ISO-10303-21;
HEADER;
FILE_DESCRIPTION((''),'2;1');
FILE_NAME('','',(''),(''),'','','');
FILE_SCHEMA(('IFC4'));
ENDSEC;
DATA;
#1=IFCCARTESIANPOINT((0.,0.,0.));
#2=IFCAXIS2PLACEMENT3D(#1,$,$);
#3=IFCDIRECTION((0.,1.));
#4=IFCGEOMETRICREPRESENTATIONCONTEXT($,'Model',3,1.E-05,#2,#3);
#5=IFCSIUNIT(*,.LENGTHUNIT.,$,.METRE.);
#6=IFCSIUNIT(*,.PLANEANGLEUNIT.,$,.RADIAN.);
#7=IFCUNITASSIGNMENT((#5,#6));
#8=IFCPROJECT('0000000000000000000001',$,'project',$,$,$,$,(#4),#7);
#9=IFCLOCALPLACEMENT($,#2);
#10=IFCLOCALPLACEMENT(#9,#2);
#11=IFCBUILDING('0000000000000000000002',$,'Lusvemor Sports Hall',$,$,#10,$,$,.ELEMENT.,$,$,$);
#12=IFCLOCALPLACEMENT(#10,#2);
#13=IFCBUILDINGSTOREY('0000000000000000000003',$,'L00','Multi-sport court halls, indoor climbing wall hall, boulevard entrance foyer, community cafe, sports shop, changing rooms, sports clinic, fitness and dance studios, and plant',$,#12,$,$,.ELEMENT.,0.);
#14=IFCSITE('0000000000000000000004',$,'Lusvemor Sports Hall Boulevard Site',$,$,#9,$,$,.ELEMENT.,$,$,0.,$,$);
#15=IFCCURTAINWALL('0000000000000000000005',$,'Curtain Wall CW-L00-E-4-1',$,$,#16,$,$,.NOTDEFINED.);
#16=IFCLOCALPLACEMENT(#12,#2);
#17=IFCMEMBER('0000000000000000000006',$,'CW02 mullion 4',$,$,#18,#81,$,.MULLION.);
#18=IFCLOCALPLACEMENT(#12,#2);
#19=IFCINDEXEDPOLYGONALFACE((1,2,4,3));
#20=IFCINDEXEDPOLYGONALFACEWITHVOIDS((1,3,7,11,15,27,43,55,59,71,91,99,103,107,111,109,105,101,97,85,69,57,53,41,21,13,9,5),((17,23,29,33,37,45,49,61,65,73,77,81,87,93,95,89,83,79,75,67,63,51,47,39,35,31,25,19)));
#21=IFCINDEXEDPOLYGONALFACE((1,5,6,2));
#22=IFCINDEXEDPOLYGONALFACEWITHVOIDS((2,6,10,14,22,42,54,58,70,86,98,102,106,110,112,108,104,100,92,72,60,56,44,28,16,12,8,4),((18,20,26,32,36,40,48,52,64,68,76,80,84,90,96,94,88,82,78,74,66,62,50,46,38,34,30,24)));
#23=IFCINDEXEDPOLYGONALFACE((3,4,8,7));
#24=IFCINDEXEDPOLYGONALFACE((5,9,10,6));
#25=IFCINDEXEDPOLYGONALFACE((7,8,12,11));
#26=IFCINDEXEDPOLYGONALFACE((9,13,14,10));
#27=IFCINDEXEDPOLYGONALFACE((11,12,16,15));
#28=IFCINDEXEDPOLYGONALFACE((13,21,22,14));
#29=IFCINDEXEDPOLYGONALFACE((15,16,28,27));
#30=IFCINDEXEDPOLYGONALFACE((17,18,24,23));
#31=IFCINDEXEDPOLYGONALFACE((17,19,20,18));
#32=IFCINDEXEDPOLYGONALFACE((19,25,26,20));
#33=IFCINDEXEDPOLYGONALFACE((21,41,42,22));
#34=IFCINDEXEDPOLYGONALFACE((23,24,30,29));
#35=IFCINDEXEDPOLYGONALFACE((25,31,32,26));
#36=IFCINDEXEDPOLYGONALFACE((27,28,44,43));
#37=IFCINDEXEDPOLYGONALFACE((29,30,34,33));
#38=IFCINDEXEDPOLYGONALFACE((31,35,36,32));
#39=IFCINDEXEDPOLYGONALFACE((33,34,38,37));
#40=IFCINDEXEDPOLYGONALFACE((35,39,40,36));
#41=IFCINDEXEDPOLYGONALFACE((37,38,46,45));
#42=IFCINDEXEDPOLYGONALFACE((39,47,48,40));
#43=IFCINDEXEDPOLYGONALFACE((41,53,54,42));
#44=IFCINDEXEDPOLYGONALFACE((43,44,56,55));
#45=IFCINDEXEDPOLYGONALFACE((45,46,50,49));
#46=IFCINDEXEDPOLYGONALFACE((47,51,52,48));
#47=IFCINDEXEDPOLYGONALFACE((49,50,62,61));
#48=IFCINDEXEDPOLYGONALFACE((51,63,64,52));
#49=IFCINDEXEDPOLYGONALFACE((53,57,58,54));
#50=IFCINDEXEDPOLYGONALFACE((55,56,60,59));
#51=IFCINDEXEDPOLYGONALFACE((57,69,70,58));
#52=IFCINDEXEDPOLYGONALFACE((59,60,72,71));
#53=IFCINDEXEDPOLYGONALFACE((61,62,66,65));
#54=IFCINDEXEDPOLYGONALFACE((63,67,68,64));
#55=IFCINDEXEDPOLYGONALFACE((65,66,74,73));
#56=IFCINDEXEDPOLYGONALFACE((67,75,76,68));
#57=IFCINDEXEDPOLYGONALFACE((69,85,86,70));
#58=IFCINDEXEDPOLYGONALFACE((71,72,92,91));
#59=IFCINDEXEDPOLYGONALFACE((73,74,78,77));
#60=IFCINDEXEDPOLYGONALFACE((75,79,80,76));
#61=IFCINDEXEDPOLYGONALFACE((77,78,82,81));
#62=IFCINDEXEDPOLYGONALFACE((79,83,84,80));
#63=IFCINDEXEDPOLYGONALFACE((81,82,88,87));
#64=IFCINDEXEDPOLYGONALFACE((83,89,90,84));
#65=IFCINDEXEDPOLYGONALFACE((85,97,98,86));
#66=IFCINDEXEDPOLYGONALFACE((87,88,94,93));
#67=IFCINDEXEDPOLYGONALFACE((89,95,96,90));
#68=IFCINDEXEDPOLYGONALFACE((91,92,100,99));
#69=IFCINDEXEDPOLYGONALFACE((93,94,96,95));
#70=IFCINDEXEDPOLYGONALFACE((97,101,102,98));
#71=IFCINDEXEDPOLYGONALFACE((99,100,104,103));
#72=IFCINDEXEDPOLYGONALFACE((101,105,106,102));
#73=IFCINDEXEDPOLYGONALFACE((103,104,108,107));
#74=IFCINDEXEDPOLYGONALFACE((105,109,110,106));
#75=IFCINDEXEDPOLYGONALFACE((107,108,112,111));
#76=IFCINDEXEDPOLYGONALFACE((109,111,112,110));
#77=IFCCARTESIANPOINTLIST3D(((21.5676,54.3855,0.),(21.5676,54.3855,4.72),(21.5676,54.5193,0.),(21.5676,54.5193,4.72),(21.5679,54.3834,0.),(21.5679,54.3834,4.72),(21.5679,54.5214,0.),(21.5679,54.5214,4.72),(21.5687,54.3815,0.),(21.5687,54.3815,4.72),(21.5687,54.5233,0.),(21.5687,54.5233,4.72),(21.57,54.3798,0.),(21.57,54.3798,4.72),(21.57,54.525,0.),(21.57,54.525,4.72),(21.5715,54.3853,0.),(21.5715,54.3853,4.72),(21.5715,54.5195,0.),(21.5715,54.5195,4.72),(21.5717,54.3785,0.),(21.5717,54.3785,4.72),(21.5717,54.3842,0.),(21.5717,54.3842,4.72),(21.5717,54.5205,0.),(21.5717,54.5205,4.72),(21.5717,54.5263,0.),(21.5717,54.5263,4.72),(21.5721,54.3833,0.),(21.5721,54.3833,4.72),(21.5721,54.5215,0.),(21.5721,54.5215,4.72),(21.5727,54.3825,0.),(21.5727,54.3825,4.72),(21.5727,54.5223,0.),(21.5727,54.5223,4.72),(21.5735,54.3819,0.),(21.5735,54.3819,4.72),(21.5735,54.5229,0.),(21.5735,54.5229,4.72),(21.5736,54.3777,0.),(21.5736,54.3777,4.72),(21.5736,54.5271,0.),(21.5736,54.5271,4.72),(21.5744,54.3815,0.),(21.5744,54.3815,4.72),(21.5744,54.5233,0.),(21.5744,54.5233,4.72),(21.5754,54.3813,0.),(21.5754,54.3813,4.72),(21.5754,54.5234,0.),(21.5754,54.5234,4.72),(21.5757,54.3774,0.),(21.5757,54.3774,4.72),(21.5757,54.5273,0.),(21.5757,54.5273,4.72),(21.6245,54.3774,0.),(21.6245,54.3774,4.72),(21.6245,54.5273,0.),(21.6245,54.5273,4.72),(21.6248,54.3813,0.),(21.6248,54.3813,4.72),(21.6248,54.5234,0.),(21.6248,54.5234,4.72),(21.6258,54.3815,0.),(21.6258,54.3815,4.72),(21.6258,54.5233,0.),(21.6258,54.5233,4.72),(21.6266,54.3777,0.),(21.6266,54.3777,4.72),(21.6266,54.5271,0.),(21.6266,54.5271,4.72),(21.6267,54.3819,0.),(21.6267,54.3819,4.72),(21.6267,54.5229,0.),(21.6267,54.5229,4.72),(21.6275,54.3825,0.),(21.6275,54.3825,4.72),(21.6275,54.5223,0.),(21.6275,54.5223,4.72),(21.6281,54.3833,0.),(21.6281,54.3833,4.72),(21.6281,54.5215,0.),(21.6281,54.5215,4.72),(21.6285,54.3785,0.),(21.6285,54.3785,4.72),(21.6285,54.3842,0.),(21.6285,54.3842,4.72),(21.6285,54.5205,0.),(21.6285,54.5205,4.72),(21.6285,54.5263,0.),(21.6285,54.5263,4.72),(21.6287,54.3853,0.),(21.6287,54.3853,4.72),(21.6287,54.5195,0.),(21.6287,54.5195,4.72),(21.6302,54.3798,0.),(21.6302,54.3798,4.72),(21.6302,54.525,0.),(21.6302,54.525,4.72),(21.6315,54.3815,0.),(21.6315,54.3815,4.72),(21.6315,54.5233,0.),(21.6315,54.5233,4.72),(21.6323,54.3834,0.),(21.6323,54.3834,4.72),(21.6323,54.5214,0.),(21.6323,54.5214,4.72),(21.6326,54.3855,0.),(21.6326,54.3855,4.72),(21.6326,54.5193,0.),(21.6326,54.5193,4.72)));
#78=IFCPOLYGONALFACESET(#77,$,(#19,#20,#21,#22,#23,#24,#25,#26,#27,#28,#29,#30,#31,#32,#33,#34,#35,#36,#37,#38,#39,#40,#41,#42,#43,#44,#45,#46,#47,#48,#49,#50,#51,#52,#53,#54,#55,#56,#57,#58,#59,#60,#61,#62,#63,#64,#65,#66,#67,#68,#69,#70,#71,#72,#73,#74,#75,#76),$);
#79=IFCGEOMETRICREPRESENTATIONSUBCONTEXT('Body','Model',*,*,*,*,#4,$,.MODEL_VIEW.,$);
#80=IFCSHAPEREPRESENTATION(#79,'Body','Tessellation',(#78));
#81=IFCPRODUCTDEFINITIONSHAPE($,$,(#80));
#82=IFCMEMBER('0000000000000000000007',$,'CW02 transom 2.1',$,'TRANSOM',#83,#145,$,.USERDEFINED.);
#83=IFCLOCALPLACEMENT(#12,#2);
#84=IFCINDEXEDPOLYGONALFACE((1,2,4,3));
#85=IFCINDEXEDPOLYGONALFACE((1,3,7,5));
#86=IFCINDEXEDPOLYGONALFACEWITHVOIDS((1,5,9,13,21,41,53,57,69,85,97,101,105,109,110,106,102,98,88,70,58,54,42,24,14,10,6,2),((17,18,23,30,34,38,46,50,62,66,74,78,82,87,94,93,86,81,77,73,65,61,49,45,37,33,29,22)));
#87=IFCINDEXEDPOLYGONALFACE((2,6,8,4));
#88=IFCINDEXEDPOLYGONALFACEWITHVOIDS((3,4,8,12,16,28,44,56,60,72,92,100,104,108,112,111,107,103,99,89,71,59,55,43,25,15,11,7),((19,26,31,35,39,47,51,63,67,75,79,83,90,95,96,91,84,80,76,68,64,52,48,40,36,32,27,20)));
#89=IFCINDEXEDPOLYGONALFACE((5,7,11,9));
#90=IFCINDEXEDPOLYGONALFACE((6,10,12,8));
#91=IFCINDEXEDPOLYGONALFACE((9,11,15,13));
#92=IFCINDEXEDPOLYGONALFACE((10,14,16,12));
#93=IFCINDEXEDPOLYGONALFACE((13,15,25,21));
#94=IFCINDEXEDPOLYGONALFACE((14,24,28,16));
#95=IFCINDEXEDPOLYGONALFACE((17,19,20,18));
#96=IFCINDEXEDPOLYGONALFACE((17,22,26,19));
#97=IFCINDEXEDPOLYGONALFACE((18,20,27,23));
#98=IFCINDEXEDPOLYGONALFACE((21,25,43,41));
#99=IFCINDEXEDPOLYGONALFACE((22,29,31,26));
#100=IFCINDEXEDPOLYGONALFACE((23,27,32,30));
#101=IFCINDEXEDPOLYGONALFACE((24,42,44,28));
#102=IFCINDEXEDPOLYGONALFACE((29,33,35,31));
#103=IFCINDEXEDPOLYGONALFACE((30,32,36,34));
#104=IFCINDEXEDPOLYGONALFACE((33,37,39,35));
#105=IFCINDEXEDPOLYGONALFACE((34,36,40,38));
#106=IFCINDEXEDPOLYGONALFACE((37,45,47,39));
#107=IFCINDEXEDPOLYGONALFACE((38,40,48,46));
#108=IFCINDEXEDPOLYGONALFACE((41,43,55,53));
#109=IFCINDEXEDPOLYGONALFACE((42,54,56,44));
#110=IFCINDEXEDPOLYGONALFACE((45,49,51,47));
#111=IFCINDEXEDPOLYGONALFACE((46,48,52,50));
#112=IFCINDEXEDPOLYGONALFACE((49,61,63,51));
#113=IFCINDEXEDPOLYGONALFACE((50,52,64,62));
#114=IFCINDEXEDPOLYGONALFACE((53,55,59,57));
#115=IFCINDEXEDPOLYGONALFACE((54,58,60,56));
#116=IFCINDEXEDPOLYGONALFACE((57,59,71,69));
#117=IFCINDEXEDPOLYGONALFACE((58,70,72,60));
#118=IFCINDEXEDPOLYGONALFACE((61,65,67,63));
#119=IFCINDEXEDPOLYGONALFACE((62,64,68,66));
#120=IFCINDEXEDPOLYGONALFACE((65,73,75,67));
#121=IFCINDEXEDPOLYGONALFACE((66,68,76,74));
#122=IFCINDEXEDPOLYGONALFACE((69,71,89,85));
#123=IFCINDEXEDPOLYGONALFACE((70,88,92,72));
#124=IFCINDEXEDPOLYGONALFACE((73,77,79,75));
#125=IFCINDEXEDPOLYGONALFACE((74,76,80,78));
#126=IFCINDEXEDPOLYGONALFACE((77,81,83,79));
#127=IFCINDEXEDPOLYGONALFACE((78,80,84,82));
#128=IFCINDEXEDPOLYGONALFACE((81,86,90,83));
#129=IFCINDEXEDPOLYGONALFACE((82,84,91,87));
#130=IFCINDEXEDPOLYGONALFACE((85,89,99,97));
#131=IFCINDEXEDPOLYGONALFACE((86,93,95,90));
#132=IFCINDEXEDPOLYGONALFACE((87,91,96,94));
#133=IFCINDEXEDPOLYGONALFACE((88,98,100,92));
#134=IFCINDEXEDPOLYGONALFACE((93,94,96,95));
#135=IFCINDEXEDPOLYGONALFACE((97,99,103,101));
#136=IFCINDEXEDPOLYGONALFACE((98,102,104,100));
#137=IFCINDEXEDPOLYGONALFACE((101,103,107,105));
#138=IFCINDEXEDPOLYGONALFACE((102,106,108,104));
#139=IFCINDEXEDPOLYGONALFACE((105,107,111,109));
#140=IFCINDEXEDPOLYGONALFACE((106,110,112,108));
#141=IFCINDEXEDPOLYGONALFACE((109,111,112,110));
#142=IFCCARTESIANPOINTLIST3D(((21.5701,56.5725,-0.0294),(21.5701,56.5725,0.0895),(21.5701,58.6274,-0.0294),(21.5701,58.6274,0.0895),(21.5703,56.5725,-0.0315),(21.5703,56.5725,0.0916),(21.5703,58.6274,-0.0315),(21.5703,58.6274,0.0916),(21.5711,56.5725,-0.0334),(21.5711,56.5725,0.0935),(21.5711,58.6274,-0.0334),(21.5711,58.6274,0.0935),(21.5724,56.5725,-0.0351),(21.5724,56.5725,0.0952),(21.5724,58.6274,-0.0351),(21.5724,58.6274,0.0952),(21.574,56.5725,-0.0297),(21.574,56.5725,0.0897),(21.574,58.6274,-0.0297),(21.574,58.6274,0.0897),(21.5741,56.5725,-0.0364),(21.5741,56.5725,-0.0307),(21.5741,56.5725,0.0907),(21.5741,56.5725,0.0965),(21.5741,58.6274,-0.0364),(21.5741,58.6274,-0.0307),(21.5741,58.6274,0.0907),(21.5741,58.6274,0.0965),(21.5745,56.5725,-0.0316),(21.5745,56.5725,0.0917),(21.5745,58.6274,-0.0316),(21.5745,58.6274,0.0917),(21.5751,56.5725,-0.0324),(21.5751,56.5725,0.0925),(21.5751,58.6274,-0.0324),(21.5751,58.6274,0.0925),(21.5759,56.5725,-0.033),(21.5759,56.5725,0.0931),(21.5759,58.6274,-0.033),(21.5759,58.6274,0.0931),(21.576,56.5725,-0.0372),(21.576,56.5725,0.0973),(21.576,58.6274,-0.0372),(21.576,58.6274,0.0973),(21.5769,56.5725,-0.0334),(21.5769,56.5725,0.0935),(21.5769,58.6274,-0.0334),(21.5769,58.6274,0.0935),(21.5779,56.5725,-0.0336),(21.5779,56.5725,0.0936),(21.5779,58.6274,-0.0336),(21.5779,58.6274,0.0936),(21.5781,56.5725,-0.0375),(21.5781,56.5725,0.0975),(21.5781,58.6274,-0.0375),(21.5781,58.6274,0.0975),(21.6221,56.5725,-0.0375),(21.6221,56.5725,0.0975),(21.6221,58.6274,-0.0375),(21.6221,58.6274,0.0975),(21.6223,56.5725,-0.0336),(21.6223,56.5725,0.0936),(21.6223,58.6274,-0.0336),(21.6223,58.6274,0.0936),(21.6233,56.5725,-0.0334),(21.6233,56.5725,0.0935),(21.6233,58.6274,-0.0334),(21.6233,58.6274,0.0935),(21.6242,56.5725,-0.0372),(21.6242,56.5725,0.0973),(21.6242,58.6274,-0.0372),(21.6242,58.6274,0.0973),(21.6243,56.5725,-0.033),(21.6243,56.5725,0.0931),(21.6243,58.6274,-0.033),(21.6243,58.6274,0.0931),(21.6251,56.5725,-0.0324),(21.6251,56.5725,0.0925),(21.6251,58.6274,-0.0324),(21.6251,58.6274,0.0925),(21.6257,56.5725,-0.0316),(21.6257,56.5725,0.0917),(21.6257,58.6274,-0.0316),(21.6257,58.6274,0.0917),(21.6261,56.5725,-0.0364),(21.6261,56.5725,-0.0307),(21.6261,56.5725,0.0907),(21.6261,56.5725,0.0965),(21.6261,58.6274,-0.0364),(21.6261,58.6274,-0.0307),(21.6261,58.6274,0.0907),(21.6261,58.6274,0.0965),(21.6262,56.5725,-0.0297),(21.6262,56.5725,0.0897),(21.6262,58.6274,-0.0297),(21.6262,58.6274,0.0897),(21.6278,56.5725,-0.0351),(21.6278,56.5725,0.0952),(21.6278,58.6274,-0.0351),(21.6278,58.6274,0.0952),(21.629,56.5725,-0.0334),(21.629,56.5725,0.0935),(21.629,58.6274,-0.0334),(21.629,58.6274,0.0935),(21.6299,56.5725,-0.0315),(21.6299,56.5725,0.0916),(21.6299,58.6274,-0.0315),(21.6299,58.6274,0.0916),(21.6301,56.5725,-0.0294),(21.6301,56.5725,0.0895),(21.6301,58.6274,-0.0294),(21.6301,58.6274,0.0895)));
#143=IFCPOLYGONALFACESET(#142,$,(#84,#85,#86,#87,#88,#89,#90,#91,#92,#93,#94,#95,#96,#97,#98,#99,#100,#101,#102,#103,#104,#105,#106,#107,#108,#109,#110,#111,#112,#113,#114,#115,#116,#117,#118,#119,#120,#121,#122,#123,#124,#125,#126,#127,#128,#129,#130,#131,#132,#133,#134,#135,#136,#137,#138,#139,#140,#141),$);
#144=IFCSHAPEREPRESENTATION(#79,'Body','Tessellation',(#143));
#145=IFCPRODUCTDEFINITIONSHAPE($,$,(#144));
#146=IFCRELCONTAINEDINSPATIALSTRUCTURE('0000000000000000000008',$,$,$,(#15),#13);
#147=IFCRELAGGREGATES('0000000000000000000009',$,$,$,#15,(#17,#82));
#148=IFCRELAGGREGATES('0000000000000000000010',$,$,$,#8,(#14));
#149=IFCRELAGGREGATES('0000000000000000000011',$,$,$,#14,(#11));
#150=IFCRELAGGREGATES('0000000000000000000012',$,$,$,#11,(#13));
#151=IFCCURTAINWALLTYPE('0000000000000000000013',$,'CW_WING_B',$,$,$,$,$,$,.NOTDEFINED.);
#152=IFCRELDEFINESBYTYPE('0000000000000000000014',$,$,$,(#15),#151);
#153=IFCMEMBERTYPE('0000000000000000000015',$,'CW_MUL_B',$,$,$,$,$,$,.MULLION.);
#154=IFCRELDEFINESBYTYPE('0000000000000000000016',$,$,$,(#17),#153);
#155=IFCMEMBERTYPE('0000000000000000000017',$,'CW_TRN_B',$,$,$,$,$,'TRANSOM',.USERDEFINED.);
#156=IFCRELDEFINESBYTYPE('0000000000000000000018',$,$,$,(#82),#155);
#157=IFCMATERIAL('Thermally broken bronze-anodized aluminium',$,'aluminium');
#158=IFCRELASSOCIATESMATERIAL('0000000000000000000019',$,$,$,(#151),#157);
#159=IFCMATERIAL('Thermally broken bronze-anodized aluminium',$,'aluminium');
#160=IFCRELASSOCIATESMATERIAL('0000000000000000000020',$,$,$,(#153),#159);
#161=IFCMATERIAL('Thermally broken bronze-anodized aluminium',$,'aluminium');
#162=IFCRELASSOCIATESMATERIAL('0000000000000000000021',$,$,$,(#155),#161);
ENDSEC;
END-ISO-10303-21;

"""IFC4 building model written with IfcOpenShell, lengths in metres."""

from ifc_helpers import new_model, si_unit, direction, frame, origin, origin_2d, place, context, subcontext, project, spatial, hollow_rectangle, extrude, material, material_profile, profile_set, type_object, element, aggregate, save


model = new_model("IFC4")

# Units and contexts
model_context = context("Model", 3, precision=1e-05, world=origin(), true_north=direction((0.0, 1.0)))
body_context = subcontext(model_context, "Body", "Model", "MODEL_VIEW")
ifc_project = project(units=[si_unit("LENGTHUNIT", "METRE"), si_unit("PLANEANGLEUNIT", "RADIAN")], contexts=[model_context])

# Site, building, storey
site_placement = place(None, origin())
site = spatial("IfcSite", under=ifc_project, at=site_placement, Name="Lusvemor Sports Hall Boulevard Site", CompositionType="ELEMENT", RefElevation=0.0)
building_placement = place(site_placement, origin())
building = spatial("IfcBuilding", under=site, at=building_placement, Name="Lusvemor Sports Hall", CompositionType="ELEMENT")
storey_placement = place(building_placement, origin())
storey = spatial("IfcBuildingStorey", under=building, at=storey_placement, Name="L00", Description="Multi-sport court halls, indoor climbing wall hall, boulevard entrance foyer, community cafe, sports shop, changing rooms, sports clinic, fitness and dance studios, and plant", CompositionType="ELEMENT", Elevation=0.0)

# Curtain wall, members
ifc_material_1 = material(Name="Thermally broken bronze-anodized aluminium", Category="aluminium")
curtain_wall_type = type_object("IfcCurtainWallType", Name="CW_WING_B", PredefinedType="NOTDEFINED", material=ifc_material_1)
curtain_wall_placement = place(storey_placement, origin())
curtain_wall = element("IfcCurtainWall", 1, at=curtain_wall_placement, inside=storey, type_object=curtain_wall_type, Name="Curtain Wall CW-L00-E-4-1", PredefinedType="NOTDEFINED")
ifc_material_2 = material(Name="Thermally broken bronze-anodized aluminium", Category="aluminium")
ifc_material_profile_1 = material_profile(ifc_material_2, hollow_rectangle(XDim=0.0649, YDim=0.1499, WallThickness=0.0039, InnerFilletRadius=0.0039, OuterFilletRadius=0.0081, at=origin_2d()), Name="CWMUL150x65x4")
ifc_profile_set_1 = profile_set([ifc_material_profile_1], Name="Thermally broken bronze-anodized aluminium")
member_type_1 = type_object("IfcMemberType", Name="CW_MUL_B", PredefinedType="MULLION", material=ifc_profile_set_1)
member_1_placement = place(storey_placement, frame((21.6001, 54.4524, 0.0), z_axis=(0.0, 0.0, 1.0), x_axis=(1.0, 0.0, 0.0)))
member_1 = element("IfcMember", 2, at=member_1_placement, type_object=member_type_1, Name="CW02 mullion 4", PredefinedType="MULLION", context=body_context, shape_type="SweptSolid", body=[
    extrude(hollow_rectangle(XDim=0.0649, YDim=0.1499, WallThickness=0.0039, InnerFilletRadius=0.0039, OuterFilletRadius=0.0081, at=origin_2d()), origin(), (0.0, 0.0, 1.0), 4.72),
])
ifc_material_3 = material(Name="Thermally broken bronze-anodized aluminium", Category="aluminium")
ifc_material_profile_2 = material_profile(ifc_material_3, hollow_rectangle(XDim=0.0601, YDim=0.135, WallThickness=0.0039, InnerFilletRadius=0.0039, OuterFilletRadius=0.0081, at=origin_2d()), Name="CWTRN135x60x4")
ifc_profile_set_2 = profile_set([ifc_material_profile_2], Name="Thermally broken bronze-anodized aluminium")
member_type_2 = type_object("IfcMemberType", Name="CW_TRN_B", ElementType="TRANSOM", PredefinedType="USERDEFINED", material=ifc_profile_set_2)
member_2_placement = place(storey_placement, frame((21.6001, 58.6274, 0.03), z_axis=(0.0, -1.0, 0.0), x_axis=(1.0, 0.0, 0.0)))
member_2 = element("IfcMember", 3, at=member_2_placement, type_object=member_type_2, Name="CW02 transom 2.1", ObjectType="TRANSOM", PredefinedType="USERDEFINED", context=body_context, shape_type="SweptSolid", body=[
    extrude(hollow_rectangle(XDim=0.0601, YDim=0.135, WallThickness=0.0039, InnerFilletRadius=0.0039, OuterFilletRadius=0.0081, at=origin_2d()), origin(), (0.0, 0.0, 1.0), 2.0549),
])
aggregate(curtain_wall, [member_1, member_2])

save(model, "model.ifc")
